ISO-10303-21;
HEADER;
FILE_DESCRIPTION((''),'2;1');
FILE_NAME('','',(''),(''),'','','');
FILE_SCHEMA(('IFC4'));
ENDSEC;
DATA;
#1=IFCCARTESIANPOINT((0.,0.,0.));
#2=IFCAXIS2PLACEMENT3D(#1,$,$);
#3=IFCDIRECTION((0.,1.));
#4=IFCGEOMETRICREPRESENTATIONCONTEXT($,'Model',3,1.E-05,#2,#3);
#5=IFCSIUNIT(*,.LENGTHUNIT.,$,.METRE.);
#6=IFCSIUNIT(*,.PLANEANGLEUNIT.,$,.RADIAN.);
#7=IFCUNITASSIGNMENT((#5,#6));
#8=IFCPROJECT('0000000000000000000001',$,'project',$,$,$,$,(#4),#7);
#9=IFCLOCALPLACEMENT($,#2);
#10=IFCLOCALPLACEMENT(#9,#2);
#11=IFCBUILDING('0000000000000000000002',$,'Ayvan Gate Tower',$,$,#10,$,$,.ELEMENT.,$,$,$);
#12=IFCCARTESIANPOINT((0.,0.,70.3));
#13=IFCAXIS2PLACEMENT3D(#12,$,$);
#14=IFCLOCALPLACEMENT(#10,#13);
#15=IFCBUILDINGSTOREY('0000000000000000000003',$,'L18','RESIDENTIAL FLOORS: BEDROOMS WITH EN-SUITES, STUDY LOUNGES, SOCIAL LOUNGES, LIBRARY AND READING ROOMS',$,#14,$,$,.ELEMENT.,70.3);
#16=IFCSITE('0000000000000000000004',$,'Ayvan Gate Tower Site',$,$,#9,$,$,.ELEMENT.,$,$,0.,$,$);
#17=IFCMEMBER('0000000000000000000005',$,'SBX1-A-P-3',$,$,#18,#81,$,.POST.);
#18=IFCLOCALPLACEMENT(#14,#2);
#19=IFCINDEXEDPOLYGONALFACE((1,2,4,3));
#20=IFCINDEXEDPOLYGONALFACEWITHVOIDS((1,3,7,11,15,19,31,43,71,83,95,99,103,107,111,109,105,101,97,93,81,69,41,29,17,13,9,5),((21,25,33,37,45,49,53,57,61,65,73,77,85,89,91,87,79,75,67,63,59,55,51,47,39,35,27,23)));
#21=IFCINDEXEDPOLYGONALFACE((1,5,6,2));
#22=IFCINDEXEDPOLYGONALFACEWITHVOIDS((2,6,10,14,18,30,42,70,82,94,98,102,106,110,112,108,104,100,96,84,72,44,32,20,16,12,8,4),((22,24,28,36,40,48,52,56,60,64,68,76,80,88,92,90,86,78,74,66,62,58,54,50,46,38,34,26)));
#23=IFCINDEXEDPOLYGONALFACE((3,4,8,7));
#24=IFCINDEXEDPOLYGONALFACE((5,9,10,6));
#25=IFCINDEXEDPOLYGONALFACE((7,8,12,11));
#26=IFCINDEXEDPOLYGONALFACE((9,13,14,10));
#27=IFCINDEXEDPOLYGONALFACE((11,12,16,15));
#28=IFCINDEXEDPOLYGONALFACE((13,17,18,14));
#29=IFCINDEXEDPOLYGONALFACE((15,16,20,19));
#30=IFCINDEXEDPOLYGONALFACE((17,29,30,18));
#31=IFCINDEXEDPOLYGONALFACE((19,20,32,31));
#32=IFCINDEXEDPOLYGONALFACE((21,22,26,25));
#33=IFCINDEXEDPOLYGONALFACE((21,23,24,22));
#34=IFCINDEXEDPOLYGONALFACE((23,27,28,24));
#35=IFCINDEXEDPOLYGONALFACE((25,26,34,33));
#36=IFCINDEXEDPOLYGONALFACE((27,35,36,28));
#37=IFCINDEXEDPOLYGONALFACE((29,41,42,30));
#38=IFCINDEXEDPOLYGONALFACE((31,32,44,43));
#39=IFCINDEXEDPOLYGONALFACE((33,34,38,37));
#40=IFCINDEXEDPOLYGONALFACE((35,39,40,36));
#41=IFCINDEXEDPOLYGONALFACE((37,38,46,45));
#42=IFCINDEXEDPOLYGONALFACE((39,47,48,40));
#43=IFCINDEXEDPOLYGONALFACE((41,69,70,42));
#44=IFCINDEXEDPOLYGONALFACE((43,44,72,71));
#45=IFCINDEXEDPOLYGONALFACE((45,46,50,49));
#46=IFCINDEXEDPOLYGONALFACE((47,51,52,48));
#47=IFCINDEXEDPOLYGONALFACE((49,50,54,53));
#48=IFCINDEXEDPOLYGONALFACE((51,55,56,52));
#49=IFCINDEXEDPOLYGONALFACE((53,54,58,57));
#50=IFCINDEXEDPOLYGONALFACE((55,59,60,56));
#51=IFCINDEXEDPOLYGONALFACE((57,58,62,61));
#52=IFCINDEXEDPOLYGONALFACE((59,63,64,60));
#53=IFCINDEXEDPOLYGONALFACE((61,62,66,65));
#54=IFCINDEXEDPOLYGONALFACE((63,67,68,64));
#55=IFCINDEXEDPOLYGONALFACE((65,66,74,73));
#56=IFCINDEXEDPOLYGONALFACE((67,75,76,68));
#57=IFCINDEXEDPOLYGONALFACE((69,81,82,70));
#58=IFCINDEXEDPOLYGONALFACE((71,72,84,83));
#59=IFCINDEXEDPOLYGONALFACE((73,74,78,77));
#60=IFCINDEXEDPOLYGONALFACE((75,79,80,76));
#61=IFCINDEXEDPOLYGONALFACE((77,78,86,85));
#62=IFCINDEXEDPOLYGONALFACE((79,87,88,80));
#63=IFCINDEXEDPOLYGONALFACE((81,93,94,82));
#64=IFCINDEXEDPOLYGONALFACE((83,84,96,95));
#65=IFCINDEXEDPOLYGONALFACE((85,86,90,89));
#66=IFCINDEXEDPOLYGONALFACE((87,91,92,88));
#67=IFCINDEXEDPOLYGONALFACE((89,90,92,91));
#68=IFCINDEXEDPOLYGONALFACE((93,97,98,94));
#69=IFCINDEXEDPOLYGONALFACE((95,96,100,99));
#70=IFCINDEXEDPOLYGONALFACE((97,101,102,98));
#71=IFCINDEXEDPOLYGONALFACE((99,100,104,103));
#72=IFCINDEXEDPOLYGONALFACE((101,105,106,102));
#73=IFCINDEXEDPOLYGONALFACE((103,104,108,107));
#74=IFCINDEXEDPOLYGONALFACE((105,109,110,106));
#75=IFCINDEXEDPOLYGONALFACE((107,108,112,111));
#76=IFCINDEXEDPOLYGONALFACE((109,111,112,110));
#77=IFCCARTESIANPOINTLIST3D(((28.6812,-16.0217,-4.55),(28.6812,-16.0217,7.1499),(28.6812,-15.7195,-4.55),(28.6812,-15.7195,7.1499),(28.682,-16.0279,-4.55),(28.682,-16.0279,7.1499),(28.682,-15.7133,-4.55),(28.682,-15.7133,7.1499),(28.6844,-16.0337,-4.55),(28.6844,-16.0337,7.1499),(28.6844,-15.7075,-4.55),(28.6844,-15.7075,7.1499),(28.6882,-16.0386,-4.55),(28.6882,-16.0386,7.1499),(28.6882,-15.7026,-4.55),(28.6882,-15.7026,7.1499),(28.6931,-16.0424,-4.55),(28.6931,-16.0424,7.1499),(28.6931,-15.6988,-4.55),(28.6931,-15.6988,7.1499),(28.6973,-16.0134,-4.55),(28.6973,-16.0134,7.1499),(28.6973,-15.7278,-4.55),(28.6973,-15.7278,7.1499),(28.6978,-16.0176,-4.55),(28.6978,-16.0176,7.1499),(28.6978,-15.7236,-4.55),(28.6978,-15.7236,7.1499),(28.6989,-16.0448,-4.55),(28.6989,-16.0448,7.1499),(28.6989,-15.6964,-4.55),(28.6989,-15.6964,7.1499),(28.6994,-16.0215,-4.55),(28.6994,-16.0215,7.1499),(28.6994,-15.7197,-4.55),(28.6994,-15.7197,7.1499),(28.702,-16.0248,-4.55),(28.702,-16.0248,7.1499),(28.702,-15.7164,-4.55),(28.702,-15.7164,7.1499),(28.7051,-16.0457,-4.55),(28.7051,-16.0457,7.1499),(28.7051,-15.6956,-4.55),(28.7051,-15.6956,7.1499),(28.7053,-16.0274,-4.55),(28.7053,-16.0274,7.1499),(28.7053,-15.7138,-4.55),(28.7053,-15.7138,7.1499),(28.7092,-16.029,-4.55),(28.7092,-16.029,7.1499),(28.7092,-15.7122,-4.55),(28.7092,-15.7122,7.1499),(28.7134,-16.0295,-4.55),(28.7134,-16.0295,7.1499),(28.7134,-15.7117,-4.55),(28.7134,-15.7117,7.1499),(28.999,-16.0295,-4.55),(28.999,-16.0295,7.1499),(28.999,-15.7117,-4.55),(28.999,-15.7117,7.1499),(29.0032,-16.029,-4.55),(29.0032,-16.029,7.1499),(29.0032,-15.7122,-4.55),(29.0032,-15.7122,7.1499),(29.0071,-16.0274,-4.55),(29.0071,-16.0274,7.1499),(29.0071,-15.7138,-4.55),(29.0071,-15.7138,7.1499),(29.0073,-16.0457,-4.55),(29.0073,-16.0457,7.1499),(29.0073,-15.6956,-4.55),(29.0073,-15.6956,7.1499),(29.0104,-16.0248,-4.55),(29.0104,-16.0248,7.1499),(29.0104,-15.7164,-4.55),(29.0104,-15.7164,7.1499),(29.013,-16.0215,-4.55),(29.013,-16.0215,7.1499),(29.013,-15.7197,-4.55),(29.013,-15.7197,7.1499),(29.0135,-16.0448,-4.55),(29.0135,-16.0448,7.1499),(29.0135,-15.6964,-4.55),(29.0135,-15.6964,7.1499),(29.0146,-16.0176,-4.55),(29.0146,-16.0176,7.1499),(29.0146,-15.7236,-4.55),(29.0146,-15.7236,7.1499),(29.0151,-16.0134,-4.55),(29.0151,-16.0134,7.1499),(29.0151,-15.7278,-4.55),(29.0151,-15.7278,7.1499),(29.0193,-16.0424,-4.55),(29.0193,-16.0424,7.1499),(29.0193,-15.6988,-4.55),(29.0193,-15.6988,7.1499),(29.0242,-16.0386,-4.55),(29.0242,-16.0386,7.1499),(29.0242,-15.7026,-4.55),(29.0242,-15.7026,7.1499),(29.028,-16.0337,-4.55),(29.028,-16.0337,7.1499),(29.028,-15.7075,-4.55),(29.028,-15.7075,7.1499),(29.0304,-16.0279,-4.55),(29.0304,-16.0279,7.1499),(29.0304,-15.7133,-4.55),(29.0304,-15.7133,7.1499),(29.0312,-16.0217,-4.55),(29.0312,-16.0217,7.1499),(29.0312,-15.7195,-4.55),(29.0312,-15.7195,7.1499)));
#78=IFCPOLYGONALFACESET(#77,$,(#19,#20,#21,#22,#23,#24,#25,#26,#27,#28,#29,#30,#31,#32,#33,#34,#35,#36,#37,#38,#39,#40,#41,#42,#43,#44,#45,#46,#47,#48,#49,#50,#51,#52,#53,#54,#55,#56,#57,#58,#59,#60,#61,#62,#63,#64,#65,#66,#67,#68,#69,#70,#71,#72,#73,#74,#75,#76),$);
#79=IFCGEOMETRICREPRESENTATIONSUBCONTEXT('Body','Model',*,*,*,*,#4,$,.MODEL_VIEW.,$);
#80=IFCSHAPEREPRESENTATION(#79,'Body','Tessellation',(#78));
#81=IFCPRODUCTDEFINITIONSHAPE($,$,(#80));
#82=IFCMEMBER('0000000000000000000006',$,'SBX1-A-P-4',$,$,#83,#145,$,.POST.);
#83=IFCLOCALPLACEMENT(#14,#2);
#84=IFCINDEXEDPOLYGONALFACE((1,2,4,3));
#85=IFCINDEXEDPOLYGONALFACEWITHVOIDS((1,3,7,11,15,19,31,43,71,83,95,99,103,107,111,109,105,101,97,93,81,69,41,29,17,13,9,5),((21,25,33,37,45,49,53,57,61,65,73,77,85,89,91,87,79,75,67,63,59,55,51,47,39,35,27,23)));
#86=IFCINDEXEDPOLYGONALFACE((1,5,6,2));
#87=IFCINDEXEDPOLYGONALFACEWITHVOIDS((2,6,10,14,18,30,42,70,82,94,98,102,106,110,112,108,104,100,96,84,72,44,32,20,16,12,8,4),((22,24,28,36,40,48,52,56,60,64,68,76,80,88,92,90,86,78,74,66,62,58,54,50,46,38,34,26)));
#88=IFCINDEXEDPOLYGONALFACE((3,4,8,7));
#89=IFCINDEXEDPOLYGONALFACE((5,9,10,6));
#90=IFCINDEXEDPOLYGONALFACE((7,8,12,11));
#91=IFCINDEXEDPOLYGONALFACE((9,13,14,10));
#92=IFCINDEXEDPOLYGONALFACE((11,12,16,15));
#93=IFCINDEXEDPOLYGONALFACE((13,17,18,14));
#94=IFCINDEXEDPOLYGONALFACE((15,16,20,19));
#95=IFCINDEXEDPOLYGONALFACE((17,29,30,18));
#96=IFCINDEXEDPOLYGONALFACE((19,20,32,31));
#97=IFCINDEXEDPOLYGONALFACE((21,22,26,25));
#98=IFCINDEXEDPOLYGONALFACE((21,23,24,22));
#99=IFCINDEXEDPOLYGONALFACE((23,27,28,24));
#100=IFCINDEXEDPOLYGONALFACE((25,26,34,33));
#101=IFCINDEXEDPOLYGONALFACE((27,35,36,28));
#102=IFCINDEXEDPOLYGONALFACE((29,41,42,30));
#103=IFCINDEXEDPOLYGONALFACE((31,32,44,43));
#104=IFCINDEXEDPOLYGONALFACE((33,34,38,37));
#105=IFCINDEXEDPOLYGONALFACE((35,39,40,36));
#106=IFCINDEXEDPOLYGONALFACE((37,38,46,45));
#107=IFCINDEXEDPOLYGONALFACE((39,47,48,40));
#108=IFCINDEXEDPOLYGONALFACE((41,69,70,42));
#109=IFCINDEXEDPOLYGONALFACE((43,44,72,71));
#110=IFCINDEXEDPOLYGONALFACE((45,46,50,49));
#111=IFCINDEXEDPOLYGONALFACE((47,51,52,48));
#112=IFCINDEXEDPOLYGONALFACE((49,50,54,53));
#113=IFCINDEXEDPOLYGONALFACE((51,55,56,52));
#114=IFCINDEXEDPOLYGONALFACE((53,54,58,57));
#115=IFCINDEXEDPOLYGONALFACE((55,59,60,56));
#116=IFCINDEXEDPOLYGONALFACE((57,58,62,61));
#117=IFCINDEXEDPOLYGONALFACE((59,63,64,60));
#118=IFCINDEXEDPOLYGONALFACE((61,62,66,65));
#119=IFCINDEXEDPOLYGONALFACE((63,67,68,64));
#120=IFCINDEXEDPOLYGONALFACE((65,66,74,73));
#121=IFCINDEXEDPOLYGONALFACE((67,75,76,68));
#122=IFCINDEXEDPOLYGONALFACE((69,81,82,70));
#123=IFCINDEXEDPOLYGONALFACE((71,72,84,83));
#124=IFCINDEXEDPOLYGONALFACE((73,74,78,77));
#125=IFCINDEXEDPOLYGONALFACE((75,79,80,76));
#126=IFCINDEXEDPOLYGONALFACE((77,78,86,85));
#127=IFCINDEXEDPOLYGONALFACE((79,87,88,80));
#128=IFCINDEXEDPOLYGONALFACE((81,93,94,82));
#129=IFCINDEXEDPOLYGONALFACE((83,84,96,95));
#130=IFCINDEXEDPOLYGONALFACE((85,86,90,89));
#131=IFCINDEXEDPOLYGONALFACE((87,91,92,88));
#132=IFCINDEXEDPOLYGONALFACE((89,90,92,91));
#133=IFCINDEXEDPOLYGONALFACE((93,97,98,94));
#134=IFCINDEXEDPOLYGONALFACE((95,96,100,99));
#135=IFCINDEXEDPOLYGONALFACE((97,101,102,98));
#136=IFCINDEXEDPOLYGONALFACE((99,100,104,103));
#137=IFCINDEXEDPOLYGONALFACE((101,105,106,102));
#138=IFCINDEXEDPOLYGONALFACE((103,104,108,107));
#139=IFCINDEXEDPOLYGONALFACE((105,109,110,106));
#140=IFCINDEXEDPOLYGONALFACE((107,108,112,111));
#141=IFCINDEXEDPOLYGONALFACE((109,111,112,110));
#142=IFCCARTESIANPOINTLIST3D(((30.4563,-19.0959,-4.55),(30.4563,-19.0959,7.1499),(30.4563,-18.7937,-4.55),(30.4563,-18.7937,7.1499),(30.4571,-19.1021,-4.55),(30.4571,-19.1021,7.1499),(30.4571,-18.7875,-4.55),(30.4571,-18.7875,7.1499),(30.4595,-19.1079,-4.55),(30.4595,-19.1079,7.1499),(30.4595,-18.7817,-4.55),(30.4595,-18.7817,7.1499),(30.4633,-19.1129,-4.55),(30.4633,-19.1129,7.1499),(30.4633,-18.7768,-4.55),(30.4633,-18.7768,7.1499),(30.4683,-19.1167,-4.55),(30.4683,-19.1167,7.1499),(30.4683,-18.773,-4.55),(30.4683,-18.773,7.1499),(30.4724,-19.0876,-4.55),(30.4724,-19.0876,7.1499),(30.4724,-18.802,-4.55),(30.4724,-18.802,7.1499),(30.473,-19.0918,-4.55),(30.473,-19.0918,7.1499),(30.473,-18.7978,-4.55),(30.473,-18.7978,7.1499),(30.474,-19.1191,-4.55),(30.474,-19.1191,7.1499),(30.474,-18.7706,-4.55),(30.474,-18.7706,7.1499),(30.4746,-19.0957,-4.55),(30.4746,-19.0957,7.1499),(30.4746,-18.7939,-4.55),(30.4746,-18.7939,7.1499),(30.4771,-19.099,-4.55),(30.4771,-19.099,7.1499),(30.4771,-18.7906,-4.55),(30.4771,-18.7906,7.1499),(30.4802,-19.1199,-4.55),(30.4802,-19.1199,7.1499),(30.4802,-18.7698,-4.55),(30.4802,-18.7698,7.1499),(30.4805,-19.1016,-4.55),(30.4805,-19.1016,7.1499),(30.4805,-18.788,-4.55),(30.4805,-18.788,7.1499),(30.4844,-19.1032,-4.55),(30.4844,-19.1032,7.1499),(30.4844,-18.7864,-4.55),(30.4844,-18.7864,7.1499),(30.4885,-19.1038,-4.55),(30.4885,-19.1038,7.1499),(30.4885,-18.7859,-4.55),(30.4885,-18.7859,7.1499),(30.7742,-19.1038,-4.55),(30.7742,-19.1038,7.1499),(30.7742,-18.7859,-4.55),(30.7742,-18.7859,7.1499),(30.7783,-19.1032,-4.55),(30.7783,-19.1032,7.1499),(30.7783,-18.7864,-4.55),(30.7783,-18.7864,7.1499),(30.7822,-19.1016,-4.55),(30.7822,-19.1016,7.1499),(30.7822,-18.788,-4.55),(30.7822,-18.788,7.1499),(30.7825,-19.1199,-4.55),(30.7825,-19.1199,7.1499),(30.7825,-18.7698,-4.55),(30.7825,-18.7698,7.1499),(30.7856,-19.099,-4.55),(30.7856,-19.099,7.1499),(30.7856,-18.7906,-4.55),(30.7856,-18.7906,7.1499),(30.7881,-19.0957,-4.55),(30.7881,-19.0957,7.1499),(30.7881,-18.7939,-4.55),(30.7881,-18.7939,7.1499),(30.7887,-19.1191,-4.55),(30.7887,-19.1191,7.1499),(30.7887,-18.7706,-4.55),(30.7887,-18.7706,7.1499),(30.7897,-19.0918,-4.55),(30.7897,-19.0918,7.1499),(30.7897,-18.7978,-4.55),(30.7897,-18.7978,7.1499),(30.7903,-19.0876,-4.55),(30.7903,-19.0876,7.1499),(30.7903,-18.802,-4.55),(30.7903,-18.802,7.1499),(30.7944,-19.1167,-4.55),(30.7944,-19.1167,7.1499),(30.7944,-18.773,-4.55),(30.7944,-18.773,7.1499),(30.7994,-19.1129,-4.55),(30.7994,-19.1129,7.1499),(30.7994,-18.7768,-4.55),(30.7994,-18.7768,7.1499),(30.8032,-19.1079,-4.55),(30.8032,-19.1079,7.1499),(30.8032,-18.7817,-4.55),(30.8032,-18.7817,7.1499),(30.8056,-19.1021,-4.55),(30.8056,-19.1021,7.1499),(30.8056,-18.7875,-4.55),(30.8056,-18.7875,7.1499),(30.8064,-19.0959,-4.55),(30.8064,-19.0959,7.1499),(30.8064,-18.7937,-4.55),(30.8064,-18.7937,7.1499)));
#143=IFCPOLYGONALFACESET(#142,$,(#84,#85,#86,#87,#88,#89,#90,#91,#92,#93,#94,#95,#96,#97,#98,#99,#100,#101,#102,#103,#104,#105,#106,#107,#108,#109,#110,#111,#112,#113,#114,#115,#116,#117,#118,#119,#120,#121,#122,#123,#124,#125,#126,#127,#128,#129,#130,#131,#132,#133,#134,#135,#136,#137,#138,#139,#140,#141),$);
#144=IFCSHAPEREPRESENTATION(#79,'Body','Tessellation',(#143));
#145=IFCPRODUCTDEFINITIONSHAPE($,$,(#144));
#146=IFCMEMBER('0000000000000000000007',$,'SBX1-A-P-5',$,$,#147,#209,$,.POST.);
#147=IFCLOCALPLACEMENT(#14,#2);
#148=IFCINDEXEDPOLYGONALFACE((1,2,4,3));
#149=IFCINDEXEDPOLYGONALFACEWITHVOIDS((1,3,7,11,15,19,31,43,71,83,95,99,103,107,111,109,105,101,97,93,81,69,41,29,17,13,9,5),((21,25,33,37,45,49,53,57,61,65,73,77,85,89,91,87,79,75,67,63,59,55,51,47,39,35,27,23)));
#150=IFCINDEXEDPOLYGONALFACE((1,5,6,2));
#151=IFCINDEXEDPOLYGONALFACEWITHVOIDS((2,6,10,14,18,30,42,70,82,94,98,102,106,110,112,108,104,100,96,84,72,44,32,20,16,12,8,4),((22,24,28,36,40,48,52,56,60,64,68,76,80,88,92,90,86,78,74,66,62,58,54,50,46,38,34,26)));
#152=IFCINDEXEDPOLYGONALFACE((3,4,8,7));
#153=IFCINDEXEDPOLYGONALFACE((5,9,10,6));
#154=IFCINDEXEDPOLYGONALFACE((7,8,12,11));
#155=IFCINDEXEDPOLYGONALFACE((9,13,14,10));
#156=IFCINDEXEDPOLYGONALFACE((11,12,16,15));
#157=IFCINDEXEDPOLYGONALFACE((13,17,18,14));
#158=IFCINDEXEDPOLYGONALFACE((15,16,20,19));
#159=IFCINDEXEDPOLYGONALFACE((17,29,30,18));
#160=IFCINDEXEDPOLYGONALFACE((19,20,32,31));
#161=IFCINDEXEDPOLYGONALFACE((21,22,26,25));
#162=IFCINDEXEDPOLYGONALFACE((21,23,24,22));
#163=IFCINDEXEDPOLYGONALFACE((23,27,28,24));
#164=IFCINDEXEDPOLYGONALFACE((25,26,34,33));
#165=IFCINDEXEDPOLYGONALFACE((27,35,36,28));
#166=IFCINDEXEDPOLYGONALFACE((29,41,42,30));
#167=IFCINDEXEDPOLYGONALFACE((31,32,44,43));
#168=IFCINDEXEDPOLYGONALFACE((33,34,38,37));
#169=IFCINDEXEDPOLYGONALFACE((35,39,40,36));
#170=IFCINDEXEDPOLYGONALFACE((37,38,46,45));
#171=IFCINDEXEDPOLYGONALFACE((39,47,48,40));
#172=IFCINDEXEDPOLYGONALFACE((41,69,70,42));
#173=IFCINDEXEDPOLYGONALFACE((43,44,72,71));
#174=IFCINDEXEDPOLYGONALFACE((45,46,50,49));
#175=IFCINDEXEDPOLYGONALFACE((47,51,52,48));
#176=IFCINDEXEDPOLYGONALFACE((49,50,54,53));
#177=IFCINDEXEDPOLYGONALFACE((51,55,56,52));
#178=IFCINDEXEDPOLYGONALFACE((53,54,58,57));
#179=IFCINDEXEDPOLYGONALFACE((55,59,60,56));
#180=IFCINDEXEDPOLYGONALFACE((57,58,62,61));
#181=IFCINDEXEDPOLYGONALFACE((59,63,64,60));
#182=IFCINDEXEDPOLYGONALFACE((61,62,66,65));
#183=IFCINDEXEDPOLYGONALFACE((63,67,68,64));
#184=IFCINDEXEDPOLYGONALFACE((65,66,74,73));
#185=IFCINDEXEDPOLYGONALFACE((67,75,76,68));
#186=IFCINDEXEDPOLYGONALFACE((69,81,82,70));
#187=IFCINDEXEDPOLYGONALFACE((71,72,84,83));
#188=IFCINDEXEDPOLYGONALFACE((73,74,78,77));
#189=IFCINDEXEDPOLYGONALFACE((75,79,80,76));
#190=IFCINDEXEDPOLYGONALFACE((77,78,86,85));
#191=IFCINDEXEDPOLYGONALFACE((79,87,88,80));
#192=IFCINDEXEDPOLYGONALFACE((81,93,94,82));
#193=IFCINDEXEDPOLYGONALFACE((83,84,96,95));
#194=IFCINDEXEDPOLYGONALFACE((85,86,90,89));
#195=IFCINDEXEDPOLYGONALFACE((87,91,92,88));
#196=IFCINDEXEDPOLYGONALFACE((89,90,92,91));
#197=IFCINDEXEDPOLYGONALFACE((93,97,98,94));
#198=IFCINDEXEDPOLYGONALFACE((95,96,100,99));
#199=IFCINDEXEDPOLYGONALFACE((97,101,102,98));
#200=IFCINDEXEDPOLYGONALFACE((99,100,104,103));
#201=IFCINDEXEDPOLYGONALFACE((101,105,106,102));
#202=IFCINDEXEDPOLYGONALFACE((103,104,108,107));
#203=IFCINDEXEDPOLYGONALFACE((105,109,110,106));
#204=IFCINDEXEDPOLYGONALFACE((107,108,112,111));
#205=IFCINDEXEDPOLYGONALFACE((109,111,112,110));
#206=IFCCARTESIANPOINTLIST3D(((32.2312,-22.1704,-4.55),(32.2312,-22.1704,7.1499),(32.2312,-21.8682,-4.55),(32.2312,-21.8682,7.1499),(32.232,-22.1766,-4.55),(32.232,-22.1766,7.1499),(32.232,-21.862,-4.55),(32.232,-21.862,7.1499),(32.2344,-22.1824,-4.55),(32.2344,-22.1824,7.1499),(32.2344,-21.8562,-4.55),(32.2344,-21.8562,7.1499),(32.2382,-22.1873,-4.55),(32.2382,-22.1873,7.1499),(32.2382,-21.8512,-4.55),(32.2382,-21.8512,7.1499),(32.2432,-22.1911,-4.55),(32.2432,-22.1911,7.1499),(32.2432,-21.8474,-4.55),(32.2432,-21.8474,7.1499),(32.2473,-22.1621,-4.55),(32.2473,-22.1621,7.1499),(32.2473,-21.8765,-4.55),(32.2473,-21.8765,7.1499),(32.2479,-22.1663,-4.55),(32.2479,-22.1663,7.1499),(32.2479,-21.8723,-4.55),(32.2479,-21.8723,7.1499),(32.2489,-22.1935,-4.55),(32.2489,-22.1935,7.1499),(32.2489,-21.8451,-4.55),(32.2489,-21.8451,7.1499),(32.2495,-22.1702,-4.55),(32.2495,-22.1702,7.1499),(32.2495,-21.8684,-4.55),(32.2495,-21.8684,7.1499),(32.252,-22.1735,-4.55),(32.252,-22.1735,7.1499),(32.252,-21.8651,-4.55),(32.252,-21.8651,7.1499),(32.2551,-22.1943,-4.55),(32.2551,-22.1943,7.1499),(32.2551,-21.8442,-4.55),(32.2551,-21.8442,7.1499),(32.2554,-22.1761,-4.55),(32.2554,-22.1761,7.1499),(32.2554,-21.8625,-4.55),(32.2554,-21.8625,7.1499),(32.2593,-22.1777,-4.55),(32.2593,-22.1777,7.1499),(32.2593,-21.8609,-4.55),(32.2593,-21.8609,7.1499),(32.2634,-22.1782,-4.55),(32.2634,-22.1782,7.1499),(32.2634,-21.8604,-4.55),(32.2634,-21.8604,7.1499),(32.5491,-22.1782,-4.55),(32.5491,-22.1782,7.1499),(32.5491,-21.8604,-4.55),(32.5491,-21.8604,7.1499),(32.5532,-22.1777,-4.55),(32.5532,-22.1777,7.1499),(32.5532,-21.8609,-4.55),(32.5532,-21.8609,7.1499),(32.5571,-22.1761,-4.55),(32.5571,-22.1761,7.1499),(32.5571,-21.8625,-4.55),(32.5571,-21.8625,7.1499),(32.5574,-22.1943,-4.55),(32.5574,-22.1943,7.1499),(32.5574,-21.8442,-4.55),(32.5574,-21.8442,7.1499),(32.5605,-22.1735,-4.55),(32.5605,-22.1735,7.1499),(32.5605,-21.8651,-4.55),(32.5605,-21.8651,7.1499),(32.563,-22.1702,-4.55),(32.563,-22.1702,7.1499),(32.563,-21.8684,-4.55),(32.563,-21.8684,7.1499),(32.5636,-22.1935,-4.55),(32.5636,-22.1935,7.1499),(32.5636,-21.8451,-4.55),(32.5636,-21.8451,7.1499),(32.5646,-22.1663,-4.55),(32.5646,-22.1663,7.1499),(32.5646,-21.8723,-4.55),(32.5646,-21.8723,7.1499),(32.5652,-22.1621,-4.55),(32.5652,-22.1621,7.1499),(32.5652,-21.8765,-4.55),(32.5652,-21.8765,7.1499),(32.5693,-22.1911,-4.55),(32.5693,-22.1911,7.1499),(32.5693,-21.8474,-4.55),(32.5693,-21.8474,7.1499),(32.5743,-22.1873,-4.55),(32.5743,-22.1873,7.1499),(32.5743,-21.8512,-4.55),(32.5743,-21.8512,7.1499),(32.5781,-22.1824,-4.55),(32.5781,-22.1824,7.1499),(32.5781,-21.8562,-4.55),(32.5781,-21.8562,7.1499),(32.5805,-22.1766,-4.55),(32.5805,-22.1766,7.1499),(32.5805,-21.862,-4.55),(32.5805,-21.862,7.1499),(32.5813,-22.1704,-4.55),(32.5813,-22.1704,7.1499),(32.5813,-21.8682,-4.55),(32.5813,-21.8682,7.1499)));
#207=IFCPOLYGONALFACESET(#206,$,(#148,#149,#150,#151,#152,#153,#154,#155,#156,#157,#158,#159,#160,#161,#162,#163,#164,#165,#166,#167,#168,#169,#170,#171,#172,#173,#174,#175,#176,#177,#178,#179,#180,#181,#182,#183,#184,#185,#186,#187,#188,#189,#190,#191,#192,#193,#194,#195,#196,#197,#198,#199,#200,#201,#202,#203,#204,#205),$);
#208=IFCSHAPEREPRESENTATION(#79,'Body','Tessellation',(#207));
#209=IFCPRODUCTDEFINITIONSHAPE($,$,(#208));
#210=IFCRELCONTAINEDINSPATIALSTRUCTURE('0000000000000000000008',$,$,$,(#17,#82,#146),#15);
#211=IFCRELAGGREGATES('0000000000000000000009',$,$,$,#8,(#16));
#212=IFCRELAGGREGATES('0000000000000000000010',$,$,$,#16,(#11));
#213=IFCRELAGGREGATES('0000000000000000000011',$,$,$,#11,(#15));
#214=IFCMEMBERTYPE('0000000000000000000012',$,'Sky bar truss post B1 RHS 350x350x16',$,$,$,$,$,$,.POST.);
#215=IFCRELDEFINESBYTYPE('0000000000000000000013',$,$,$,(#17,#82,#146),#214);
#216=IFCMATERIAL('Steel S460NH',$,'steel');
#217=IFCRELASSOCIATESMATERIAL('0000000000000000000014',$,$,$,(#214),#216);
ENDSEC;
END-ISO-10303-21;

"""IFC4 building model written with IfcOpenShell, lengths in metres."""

from ifc_helpers import new_model, si_unit, direction, frame, origin, origin_2d, place, context, subcontext, project, spatial, hollow_rectangle, extrude, material, material_profile, profile_set, type_object, element, save


model = new_model("IFC4")

# Units and contexts
model_context = context("Model", 3, precision=1e-05, world=origin(), true_north=direction((0.0, 1.0)))
body_context = subcontext(model_context, "Body", "Model", "MODEL_VIEW")
ifc_project = project(units=[si_unit("LENGTHUNIT", "METRE"), si_unit("PLANEANGLEUNIT", "RADIAN")], contexts=[model_context])

# Site, building, storey
site_placement = place(None, origin())
site = spatial("IfcSite", under=ifc_project, at=site_placement, Name="Ayvan Gate Tower Site", CompositionType="ELEMENT", RefElevation=0.0)
building_placement = place(site_placement, origin())
building = spatial("IfcBuilding", under=site, at=building_placement, Name="Ayvan Gate Tower", CompositionType="ELEMENT")
storey_placement = place(building_placement, frame((0.0, 0.0, 70.3)))
storey = spatial("IfcBuildingStorey", under=building, at=storey_placement, Name="L18", Description="RESIDENTIAL FLOORS: BEDROOMS WITH EN-SUITES, STUDY LOUNGES, SOCIAL LOUNGES, LIBRARY AND READING ROOMS", CompositionType="ELEMENT", Elevation=70.3)

# Members
ifc_material_1 = material(Name="Steel S460NH", Category="steel")
ifc_material_profile_1 = material_profile(ifc_material_1, hollow_rectangle(XDim=0.3501, YDim=0.3501, WallThickness=0.0161, InnerFilletRadius=0.0161, OuterFilletRadius=0.0239, at=origin_2d()), Name="RHS 350x350x16")
ifc_profile_set_1 = profile_set([ifc_material_profile_1], Name="Steel S460NH")
member_type_1 = type_object("IfcMemberType", Name="Sky bar truss post B1 RHS 350x350x16", PredefinedType="POST", material=ifc_profile_set_1)
for number, where, z_axis, x_axis, name in (
    (1, (28.8562, -15.8706, -4.55), (0.0, 0.0, 1.0), (1.0, 0.0, 0.0), "SBX1-A-P-3"),
    (2, (30.6313, -18.9448, -4.55), (0.0, 0.0, 1.0), (1.0, 0.0, 0.0), "SBX1-A-P-4"),
    (3, (32.4062, -22.0193, -4.55), (0.0, 0.0, 1.0), (1.0, 0.0, 0.0), "SBX1-A-P-5"),
):
    element("IfcMember", number, at=place(storey_placement, frame(where, z_axis=z_axis, x_axis=x_axis)), inside=storey, type_object=member_type_1, Name=name, PredefinedType="POST", context=body_context, shape_type="SweptSolid", body=[
        extrude(hollow_rectangle(XDim=0.3501, YDim=0.3501, WallThickness=0.0161, InnerFilletRadius=0.0161, OuterFilletRadius=0.0239, at=origin_2d()), origin(), (0.0, 0.0, 1.0), 11.7),
    ])

save(model, "model.ifc")
